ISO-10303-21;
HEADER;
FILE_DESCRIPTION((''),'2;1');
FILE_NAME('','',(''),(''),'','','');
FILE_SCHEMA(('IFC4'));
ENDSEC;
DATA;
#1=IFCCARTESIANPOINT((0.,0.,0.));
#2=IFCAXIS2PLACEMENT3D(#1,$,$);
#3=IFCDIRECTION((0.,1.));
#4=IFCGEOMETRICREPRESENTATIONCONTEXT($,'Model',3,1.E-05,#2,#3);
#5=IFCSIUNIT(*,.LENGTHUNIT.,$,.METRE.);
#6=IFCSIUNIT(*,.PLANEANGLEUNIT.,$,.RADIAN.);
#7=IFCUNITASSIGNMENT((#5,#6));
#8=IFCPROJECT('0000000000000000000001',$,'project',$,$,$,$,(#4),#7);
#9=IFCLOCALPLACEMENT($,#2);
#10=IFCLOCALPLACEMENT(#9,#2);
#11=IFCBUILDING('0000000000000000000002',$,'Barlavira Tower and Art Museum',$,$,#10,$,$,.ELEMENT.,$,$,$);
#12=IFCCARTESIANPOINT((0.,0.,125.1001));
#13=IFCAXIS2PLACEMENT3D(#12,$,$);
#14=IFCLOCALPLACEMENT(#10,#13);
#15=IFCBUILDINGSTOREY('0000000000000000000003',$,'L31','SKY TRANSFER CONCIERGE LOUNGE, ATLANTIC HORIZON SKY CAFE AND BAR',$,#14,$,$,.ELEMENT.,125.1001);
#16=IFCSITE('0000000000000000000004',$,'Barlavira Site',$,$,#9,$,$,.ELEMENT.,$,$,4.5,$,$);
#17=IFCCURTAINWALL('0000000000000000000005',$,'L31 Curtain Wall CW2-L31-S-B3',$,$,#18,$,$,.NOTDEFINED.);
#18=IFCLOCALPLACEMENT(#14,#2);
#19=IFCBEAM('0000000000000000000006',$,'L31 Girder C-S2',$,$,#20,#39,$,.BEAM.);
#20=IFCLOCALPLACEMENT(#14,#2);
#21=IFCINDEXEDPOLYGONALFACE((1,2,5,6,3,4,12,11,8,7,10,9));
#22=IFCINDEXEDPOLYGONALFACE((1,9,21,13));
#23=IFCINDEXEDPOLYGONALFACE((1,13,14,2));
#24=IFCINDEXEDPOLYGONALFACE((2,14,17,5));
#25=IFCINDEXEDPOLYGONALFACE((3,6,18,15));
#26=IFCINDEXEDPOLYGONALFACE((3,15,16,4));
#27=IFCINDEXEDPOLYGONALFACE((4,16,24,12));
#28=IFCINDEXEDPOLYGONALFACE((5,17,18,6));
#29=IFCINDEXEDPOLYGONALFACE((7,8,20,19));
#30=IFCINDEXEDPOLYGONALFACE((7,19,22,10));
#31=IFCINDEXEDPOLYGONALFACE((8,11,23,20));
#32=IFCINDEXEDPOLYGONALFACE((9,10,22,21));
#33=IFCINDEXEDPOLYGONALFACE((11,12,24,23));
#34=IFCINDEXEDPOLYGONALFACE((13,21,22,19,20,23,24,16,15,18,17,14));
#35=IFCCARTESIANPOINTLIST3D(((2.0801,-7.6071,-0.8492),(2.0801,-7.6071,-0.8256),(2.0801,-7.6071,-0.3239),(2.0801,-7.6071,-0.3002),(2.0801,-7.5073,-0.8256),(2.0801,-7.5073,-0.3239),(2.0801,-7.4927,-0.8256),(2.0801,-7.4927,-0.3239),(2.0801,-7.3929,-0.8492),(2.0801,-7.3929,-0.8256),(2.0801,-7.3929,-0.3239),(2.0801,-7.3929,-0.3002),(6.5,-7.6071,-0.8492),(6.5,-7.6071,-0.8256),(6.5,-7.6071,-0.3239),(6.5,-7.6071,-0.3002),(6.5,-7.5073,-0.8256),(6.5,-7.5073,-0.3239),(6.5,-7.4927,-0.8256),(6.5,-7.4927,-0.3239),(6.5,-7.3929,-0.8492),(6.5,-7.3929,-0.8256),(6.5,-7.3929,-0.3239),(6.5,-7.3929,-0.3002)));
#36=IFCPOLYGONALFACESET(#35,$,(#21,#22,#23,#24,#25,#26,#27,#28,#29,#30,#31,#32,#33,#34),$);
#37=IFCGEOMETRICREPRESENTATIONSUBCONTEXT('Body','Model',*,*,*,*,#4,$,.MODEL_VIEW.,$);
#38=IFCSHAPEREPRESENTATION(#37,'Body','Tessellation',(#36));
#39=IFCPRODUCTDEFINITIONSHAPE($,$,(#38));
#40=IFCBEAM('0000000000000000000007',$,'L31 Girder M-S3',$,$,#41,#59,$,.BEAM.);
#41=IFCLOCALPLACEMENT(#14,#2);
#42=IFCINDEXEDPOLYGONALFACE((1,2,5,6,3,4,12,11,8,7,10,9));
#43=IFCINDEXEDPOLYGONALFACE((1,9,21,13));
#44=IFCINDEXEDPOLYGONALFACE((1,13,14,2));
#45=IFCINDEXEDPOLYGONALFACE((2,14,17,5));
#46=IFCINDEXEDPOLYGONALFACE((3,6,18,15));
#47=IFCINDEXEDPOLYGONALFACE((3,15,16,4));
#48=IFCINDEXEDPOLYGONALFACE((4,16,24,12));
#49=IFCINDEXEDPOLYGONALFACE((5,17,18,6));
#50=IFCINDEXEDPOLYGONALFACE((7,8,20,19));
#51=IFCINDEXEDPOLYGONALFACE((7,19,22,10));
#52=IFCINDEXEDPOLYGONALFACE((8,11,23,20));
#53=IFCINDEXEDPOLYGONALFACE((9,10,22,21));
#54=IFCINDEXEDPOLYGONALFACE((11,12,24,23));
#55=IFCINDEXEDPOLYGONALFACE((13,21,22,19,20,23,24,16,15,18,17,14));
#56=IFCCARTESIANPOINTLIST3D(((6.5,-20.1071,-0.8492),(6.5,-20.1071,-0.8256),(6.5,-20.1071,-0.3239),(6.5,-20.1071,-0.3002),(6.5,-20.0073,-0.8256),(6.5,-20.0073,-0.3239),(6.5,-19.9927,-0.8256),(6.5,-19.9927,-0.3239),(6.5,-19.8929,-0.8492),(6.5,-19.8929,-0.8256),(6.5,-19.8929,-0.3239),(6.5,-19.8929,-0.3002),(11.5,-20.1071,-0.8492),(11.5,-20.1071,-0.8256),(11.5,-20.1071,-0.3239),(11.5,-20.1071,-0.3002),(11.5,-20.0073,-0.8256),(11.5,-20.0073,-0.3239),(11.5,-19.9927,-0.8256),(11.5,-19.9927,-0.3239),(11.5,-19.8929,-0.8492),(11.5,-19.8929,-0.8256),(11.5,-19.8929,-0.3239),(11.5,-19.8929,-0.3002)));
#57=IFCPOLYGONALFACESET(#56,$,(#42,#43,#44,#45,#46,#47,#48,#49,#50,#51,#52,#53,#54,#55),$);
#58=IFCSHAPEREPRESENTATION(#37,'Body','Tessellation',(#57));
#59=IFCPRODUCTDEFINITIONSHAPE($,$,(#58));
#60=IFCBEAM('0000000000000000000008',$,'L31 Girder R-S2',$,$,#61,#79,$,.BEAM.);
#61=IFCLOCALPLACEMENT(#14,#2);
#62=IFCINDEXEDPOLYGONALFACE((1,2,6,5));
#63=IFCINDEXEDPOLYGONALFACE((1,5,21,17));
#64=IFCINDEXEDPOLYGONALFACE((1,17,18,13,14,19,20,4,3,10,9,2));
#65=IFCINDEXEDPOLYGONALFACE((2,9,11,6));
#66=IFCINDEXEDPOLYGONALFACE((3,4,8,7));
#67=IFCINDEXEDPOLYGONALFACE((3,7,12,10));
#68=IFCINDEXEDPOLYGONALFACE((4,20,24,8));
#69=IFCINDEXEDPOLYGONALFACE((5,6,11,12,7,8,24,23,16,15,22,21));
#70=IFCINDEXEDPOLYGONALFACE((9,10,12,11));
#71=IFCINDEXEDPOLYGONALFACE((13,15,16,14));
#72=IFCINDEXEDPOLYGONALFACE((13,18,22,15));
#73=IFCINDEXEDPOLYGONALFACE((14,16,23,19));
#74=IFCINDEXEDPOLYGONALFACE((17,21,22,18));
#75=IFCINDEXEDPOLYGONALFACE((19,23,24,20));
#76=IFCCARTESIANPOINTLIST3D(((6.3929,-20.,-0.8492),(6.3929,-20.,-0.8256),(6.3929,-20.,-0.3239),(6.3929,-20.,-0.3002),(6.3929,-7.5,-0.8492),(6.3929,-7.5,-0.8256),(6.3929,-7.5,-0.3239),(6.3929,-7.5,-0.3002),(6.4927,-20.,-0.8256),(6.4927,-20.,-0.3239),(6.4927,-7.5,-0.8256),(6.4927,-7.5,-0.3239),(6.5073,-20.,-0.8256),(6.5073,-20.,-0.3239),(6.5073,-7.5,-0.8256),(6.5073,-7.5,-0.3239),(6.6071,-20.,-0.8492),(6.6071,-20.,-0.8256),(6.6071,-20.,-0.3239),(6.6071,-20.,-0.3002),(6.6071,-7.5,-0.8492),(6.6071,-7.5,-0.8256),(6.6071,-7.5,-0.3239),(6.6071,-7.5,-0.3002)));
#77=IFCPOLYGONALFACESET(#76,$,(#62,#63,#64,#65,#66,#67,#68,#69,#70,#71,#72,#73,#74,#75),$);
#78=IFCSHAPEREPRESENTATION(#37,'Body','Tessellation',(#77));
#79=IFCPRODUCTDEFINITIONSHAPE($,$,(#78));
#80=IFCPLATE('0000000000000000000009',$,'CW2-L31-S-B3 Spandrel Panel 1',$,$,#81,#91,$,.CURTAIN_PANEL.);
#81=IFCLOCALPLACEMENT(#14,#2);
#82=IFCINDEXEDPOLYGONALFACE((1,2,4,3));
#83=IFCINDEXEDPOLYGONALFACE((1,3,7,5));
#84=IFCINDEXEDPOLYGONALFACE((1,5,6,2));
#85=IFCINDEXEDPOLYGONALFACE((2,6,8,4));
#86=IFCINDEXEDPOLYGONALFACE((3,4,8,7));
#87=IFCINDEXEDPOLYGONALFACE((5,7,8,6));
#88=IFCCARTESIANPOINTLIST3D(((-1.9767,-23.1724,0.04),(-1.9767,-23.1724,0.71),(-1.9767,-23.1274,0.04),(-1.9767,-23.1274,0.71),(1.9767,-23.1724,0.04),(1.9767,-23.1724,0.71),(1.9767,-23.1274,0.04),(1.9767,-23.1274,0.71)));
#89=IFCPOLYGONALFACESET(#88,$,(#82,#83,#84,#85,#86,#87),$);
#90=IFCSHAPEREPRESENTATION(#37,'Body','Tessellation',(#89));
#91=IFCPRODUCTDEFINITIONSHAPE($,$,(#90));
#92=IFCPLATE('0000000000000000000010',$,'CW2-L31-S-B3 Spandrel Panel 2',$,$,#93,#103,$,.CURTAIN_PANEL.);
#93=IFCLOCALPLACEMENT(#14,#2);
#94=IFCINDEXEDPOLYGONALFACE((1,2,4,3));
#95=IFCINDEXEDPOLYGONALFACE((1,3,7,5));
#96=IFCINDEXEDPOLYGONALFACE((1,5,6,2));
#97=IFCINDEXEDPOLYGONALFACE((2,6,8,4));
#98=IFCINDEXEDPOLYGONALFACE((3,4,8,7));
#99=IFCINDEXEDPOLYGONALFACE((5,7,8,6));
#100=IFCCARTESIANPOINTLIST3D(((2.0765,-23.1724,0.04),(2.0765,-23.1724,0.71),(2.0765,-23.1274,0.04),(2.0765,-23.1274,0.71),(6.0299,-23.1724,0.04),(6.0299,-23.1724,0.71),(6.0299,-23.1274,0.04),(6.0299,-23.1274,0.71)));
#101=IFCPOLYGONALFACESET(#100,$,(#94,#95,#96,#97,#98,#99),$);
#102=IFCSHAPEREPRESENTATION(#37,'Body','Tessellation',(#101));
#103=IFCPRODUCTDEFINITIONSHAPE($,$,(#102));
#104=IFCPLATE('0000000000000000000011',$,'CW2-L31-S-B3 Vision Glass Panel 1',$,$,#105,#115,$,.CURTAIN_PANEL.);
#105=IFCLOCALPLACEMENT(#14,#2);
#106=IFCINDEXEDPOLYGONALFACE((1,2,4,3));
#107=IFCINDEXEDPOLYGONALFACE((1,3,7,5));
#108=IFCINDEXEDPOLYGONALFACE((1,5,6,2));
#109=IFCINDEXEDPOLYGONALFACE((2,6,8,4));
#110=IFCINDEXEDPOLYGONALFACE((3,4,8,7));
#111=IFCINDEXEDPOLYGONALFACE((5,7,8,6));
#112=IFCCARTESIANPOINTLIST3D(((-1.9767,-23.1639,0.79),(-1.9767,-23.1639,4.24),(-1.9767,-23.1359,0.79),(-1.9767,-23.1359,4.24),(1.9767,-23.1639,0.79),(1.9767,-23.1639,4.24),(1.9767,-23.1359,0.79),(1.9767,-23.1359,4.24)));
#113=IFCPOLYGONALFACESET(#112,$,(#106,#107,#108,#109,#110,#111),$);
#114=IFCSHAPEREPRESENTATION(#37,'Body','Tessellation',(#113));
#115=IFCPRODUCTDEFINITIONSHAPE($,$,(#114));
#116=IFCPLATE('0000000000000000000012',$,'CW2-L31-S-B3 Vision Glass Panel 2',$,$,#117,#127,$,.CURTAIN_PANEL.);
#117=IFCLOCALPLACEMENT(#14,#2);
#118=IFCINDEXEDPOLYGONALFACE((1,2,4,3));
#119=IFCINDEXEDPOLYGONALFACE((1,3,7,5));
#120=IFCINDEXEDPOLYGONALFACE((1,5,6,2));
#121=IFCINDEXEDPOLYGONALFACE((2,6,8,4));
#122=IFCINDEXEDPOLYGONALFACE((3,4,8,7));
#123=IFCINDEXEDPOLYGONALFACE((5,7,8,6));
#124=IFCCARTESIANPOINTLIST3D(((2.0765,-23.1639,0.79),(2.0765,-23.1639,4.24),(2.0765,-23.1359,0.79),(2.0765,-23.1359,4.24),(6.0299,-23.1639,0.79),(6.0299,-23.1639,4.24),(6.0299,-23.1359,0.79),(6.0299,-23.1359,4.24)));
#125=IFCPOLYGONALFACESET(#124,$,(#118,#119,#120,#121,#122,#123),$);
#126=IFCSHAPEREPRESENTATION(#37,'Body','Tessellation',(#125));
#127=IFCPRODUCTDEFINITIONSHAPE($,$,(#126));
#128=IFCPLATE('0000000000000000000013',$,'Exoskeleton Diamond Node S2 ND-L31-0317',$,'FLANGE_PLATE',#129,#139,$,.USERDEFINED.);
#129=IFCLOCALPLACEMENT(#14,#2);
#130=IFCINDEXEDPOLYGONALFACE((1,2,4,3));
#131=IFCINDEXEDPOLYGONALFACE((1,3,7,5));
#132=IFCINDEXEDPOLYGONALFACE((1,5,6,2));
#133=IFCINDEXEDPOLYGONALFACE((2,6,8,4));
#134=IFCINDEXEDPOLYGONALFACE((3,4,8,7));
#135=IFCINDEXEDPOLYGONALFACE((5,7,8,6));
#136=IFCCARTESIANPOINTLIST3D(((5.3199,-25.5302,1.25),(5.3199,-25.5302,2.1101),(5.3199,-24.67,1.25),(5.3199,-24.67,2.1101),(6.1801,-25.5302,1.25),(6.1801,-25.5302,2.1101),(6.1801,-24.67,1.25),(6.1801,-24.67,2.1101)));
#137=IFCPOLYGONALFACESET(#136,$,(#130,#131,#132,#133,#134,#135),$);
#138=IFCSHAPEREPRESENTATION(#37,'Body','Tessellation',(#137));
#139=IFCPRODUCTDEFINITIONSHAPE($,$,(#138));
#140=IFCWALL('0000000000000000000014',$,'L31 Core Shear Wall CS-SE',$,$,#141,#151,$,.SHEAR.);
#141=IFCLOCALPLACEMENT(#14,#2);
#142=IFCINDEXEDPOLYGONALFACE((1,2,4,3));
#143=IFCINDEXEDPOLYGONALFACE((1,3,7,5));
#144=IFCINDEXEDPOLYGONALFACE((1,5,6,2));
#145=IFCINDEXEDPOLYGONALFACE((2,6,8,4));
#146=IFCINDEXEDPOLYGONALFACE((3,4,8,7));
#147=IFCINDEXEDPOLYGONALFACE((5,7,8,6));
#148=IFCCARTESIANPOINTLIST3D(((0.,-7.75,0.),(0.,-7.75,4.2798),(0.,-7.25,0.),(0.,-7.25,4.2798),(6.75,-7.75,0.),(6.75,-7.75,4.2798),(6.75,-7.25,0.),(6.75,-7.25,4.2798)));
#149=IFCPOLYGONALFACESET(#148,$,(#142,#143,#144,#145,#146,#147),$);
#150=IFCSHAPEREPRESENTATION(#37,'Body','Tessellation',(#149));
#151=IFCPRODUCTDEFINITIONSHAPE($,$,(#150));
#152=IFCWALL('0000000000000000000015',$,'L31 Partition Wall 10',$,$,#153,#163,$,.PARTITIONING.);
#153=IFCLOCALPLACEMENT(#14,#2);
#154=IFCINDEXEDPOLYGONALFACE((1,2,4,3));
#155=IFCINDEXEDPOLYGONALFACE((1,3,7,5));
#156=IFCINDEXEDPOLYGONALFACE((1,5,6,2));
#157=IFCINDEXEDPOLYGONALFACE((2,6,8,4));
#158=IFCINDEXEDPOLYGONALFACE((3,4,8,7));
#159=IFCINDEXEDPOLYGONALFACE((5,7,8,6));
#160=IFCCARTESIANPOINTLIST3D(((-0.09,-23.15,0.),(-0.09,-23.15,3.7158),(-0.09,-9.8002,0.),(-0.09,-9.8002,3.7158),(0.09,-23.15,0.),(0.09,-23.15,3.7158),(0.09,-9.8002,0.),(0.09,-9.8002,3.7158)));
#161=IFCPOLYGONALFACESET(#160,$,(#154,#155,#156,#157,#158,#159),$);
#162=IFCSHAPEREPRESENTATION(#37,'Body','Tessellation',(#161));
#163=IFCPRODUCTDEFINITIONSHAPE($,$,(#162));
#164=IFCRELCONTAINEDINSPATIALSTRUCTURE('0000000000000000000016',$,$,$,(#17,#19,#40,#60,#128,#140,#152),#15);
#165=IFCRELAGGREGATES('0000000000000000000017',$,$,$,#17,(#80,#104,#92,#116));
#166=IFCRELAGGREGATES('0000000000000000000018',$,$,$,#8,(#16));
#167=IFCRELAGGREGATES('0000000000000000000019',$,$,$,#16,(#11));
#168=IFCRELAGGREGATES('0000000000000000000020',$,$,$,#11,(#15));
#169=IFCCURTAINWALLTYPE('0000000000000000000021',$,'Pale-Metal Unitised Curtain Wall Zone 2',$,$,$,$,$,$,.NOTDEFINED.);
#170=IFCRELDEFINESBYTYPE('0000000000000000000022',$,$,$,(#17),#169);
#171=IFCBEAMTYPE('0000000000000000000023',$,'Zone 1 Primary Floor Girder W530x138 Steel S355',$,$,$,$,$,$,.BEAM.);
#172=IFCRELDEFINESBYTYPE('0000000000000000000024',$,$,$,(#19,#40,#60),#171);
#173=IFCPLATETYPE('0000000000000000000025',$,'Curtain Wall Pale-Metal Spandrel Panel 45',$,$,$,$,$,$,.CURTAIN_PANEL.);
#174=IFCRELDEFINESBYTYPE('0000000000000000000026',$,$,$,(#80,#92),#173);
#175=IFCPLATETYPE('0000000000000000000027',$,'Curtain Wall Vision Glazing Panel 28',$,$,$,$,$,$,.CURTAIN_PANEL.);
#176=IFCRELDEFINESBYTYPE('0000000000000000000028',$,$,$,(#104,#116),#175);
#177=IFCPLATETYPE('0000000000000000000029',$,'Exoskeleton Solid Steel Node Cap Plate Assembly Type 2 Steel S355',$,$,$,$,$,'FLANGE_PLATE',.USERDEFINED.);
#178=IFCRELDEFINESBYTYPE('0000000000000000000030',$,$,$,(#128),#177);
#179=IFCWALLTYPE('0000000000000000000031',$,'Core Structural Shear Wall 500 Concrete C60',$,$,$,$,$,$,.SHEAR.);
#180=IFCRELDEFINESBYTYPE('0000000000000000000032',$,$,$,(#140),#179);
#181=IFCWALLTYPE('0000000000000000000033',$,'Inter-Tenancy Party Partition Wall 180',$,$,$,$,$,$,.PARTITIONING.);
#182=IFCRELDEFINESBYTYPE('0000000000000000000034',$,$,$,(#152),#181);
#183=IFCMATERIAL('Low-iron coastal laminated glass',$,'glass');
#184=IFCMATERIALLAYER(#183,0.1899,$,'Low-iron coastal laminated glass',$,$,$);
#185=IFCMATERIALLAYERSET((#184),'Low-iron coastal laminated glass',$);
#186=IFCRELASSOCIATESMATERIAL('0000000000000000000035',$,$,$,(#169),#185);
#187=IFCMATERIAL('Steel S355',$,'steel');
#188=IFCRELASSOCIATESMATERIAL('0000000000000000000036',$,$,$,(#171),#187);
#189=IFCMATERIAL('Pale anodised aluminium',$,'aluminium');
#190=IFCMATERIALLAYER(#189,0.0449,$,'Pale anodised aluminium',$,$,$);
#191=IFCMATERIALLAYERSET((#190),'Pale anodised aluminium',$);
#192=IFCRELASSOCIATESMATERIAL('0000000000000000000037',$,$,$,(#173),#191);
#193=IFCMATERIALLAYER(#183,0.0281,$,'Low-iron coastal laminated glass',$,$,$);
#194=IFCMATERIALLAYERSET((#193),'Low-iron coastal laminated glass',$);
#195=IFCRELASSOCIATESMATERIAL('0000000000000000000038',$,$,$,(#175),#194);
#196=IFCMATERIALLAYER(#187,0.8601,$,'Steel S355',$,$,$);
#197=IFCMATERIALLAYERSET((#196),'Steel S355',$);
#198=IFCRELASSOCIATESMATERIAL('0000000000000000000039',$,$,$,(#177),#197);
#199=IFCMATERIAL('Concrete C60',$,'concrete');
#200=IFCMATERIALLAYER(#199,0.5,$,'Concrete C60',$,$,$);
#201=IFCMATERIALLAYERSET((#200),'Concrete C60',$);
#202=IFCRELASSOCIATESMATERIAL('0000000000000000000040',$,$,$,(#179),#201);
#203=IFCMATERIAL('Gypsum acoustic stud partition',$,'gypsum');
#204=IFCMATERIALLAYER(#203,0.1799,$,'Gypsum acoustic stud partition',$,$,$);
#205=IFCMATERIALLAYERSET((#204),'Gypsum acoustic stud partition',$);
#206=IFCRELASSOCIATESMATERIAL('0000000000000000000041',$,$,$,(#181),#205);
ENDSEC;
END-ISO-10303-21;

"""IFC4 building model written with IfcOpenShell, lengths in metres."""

from ifc_helpers import new_model, si_unit, direction, frame, frame_2d, origin, origin_2d, place, context, subcontext, project, spatial, rectangle, i_section, extrude, material, layer, layer_set, material_profile, profile_set, type_object, element, aggregate, save


model = new_model("IFC4")

# Units and contexts
model_context = context("Model", 3, precision=1e-05, world=origin(), true_north=direction((0.0, 1.0)))
body_context = subcontext(model_context, "Body", "Model", "MODEL_VIEW")
ifc_project = project(units=[si_unit("LENGTHUNIT", "METRE"), si_unit("PLANEANGLEUNIT", "RADIAN")], contexts=[model_context])

# Site, building, storey
site_placement = place(None, origin())
site = spatial("IfcSite", under=ifc_project, at=site_placement, Name="Barlavira Site", CompositionType="ELEMENT", RefElevation=4.5)
building_placement = place(site_placement, origin())
building = spatial("IfcBuilding", under=site, at=building_placement, Name="Barlavira Tower and Art Museum", CompositionType="ELEMENT")
storey_placement = place(building_placement, frame((0.0, 0.0, 125.1001)))
storey = spatial("IfcBuildingStorey", under=building, at=storey_placement, Name="L31", Description="SKY TRANSFER CONCIERGE LOUNGE, ATLANTIC HORIZON SKY CAFE AND BAR", CompositionType="ELEMENT", Elevation=125.1001)

# Shared definitions
ifc_material_1 = material(Name="Steel S355", Category="steel")
ifc_material_2 = material(Name="Concrete C60", Category="concrete")

# Curtain wall
ifc_material_3 = material(Name="Low-iron coastal laminated glass", Category="glass")
ifc_layer_1 = layer(ifc_material_3, 0.1899, Name="Low-iron coastal laminated glass")
ifc_layer_set_1 = layer_set([ifc_layer_1], Name="Low-iron coastal laminated glass")
curtain_wall_type = type_object("IfcCurtainWallType", Name="Pale-Metal Unitised Curtain Wall Zone 2", PredefinedType="NOTDEFINED", material=ifc_layer_set_1)
curtain_wall_placement = place(storey_placement, origin())
curtain_wall = element("IfcCurtainWall", 1, at=curtain_wall_placement, inside=storey, type_object=curtain_wall_type, Name="L31 Curtain Wall CW2-L31-S-B3", PredefinedType="NOTDEFINED")
ifc_material_4 = material(Name="Pale anodised aluminium", Category="aluminium")

# Beams
ifc_material_profile_1 = material_profile(ifc_material_1, i_section(OverallWidth=0.2141, OverallDepth=0.5491, WebThickness=0.0146, FlangeThickness=0.0237, at=origin_2d()), Name="W530x138.0")
ifc_profile_set_1 = profile_set([ifc_material_profile_1], Name="Steel S355")
beam_type_1 = type_object("IfcBeamType", Name="Zone 1 Primary Floor Girder W530x138 Steel S355", PredefinedType="BEAM", material=ifc_profile_set_1)
beam_1_placement = place(storey_placement, frame((2.0801, -7.5, -0.5747), z_axis=(1.0, 0.0, 0.0), x_axis=(0.0, 1.0, 0.0)))
element("IfcBeam", 2, at=beam_1_placement, inside=storey, type_object=beam_type_1, Name="L31 Girder C-S2", PredefinedType="BEAM", context=body_context, shape_type="SweptSolid", body=[
    extrude(i_section(OverallWidth=0.2141, OverallDepth=0.5491, WebThickness=0.0146, FlangeThickness=0.0237, at=origin_2d()), origin(), (0.0, 0.0, 1.0), 4.4199),
])
beam_2_placement = place(storey_placement, frame((6.5, -20.0, -0.5747), z_axis=(1.0, 0.0, 0.0), x_axis=(0.0, 1.0, 0.0)))
element("IfcBeam", 3, at=beam_2_placement, inside=storey, type_object=beam_type_1, Name="L31 Girder M-S3", PredefinedType="BEAM", context=body_context, shape_type="SweptSolid", body=[
    extrude(i_section(OverallWidth=0.2141, OverallDepth=0.5491, WebThickness=0.0146, FlangeThickness=0.0237, at=origin_2d()), origin(), (0.0, 0.0, 1.0), 5.0),
])
beam_3_placement = place(storey_placement, frame((6.5, -20.0, -0.5747), z_axis=(0.0, 1.0, 0.0), x_axis=(-1.0, 0.0, 0.0)))
element("IfcBeam", 4, at=beam_3_placement, inside=storey, type_object=beam_type_1, Name="L31 Girder R-S2", PredefinedType="BEAM", context=body_context, shape_type="SweptSolid", body=[
    extrude(i_section(OverallWidth=0.2141, OverallDepth=0.5491, WebThickness=0.0146, FlangeThickness=0.0237, at=origin_2d()), origin(), (0.0, 0.0, 1.0), 12.5),
])

# Plates
ifc_layer_2 = layer(ifc_material_4, 0.0449, Name="Pale anodised aluminium")
ifc_layer_set_2 = layer_set([ifc_layer_2], Name="Pale anodised aluminium")
plate_type_1 = type_object("IfcPlateType", Name="Curtain Wall Pale-Metal Spandrel Panel 45", PredefinedType="CURTAIN_PANEL", material=ifc_layer_set_2)
plate_1_placement = place(storey_placement, frame((0.0, -23.1499, 0.04), z_axis=(0.0, 0.0, 1.0), x_axis=(1.0, 0.0, 0.0)))
plate_1 = element("IfcPlate", 5, at=plate_1_placement, type_object=plate_type_1, Name="CW2-L31-S-B3 Spandrel Panel 1", PredefinedType="CURTAIN_PANEL", context=body_context, shape_type="SweptSolid", body=[
    extrude(rectangle(XDim=3.9534, YDim=0.0449, at=origin_2d()), origin(), (0.0, 0.0, 1.0), 0.6699),
])
plate_2_placement = place(storey_placement, frame((4.0532, -23.1499, 0.04), z_axis=(0.0, 0.0, 1.0), x_axis=(1.0, 0.0, 0.0)))
plate_2 = element("IfcPlate", 6, at=plate_2_placement, type_object=plate_type_1, Name="CW2-L31-S-B3 Spandrel Panel 2", PredefinedType="CURTAIN_PANEL", context=body_context, shape_type="SweptSolid", body=[
    extrude(rectangle(XDim=3.9534, YDim=0.0449, at=origin_2d()), origin(), (0.0, 0.0, 1.0), 0.6699),
])
ifc_layer_3 = layer(ifc_material_3, 0.0281, Name="Low-iron coastal laminated glass")
ifc_layer_set_3 = layer_set([ifc_layer_3], Name="Low-iron coastal laminated glass")
plate_type_2 = type_object("IfcPlateType", Name="Curtain Wall Vision Glazing Panel 28", PredefinedType="CURTAIN_PANEL", material=ifc_layer_set_3)
plate_3_placement = place(storey_placement, frame((0.0, -23.1499, 0.79), z_axis=(0.0, 0.0, 1.0), x_axis=(1.0, 0.0, 0.0)))
plate_3 = element("IfcPlate", 7, at=plate_3_placement, type_object=plate_type_2, Name="CW2-L31-S-B3 Vision Glass Panel 1", PredefinedType="CURTAIN_PANEL", context=body_context, shape_type="SweptSolid", body=[
    extrude(rectangle(XDim=3.9534, YDim=0.0281, at=origin_2d()), origin(), (0.0, 0.0, 1.0), 3.45),
])
plate_4_placement = place(storey_placement, frame((4.0532, -23.1499, 0.79), z_axis=(0.0, 0.0, 1.0), x_axis=(1.0, 0.0, 0.0)))
plate_4 = element("IfcPlate", 8, at=plate_4_placement, type_object=plate_type_2, Name="CW2-L31-S-B3 Vision Glass Panel 2", PredefinedType="CURTAIN_PANEL", context=body_context, shape_type="SweptSolid", body=[
    extrude(rectangle(XDim=3.9534, YDim=0.0281, at=origin_2d()), origin(), (0.0, 0.0, 1.0), 3.45),
])
aggregate(curtain_wall, [plate_1, plate_3, plate_2, plate_4])
ifc_layer_4 = layer(ifc_material_1, 0.8601, Name="Steel S355")
ifc_layer_set_4 = layer_set([ifc_layer_4], Name="Steel S355")
plate_type_3 = type_object("IfcPlateType", Name="Exoskeleton Solid Steel Node Cap Plate Assembly Type 2 Steel S355", ElementType="FLANGE_PLATE", PredefinedType="USERDEFINED", material=ifc_layer_set_4)
plate_5_placement = place(storey_placement, frame((5.75, -25.1001, 1.25), z_axis=(0.0, 0.0, 1.0), x_axis=(1.0, 0.0, 0.0)))
element("IfcPlate", 9, at=plate_5_placement, inside=storey, type_object=plate_type_3, Name="Exoskeleton Diamond Node S2 ND-L31-0317", ObjectType="FLANGE_PLATE", PredefinedType="USERDEFINED", context=body_context, shape_type="SweptSolid", body=[
    extrude(rectangle(XDim=0.8601, YDim=0.8601, at=origin_2d()), origin(), (0.0, 0.0, 1.0), 0.8601),
])

# Walls
ifc_layer_5 = layer(ifc_material_2, 0.5, Name="Concrete C60")
ifc_layer_set_5 = layer_set([ifc_layer_5], Name="Concrete C60")
wall_type_1 = type_object("IfcWallType", Name="Core Structural Shear Wall 500 Concrete C60", PredefinedType="SHEAR", material=ifc_layer_set_5)
wall_1_placement = place(storey_placement, frame((0.0, -7.5, 0.0), z_axis=(0.0, 0.0, 1.0), x_axis=(1.0, 0.0, 0.0)))
element("IfcWall", 10, at=wall_1_placement, inside=storey, type_object=wall_type_1, Name="L31 Core Shear Wall CS-SE", PredefinedType="SHEAR", context=body_context, shape_type="SweptSolid", body=[
    extrude(rectangle(XDim=6.75, YDim=0.5, at=frame_2d((3.375, 0.0))), origin(), (0.0, 0.0, 1.0), 4.2798),
])
ifc_material_5 = material(Name="Gypsum acoustic stud partition", Category="gypsum")
ifc_layer_6 = layer(ifc_material_5, 0.1799, Name="Gypsum acoustic stud partition")
ifc_layer_set_6 = layer_set([ifc_layer_6], Name="Gypsum acoustic stud partition")
wall_type_2 = type_object("IfcWallType", Name="Inter-Tenancy Party Partition Wall 180", PredefinedType="PARTITIONING", material=ifc_layer_set_6)
wall_2_placement = place(storey_placement, frame((0.0, -23.1499, 0.0), z_axis=(0.0, 0.0, 1.0), x_axis=(0.0, 1.0, 0.0)))
element("IfcWall", 11, at=wall_2_placement, inside=storey, type_object=wall_type_2, Name="L31 Partition Wall 10", PredefinedType="PARTITIONING", context=body_context, shape_type="SweptSolid", body=[
    extrude(rectangle(XDim=13.3499, YDim=0.1799, at=frame_2d((6.6748, 0.0))), origin(), (0.0, 0.0, 1.0), 3.7158),
])

save(model, "model.ifc")
